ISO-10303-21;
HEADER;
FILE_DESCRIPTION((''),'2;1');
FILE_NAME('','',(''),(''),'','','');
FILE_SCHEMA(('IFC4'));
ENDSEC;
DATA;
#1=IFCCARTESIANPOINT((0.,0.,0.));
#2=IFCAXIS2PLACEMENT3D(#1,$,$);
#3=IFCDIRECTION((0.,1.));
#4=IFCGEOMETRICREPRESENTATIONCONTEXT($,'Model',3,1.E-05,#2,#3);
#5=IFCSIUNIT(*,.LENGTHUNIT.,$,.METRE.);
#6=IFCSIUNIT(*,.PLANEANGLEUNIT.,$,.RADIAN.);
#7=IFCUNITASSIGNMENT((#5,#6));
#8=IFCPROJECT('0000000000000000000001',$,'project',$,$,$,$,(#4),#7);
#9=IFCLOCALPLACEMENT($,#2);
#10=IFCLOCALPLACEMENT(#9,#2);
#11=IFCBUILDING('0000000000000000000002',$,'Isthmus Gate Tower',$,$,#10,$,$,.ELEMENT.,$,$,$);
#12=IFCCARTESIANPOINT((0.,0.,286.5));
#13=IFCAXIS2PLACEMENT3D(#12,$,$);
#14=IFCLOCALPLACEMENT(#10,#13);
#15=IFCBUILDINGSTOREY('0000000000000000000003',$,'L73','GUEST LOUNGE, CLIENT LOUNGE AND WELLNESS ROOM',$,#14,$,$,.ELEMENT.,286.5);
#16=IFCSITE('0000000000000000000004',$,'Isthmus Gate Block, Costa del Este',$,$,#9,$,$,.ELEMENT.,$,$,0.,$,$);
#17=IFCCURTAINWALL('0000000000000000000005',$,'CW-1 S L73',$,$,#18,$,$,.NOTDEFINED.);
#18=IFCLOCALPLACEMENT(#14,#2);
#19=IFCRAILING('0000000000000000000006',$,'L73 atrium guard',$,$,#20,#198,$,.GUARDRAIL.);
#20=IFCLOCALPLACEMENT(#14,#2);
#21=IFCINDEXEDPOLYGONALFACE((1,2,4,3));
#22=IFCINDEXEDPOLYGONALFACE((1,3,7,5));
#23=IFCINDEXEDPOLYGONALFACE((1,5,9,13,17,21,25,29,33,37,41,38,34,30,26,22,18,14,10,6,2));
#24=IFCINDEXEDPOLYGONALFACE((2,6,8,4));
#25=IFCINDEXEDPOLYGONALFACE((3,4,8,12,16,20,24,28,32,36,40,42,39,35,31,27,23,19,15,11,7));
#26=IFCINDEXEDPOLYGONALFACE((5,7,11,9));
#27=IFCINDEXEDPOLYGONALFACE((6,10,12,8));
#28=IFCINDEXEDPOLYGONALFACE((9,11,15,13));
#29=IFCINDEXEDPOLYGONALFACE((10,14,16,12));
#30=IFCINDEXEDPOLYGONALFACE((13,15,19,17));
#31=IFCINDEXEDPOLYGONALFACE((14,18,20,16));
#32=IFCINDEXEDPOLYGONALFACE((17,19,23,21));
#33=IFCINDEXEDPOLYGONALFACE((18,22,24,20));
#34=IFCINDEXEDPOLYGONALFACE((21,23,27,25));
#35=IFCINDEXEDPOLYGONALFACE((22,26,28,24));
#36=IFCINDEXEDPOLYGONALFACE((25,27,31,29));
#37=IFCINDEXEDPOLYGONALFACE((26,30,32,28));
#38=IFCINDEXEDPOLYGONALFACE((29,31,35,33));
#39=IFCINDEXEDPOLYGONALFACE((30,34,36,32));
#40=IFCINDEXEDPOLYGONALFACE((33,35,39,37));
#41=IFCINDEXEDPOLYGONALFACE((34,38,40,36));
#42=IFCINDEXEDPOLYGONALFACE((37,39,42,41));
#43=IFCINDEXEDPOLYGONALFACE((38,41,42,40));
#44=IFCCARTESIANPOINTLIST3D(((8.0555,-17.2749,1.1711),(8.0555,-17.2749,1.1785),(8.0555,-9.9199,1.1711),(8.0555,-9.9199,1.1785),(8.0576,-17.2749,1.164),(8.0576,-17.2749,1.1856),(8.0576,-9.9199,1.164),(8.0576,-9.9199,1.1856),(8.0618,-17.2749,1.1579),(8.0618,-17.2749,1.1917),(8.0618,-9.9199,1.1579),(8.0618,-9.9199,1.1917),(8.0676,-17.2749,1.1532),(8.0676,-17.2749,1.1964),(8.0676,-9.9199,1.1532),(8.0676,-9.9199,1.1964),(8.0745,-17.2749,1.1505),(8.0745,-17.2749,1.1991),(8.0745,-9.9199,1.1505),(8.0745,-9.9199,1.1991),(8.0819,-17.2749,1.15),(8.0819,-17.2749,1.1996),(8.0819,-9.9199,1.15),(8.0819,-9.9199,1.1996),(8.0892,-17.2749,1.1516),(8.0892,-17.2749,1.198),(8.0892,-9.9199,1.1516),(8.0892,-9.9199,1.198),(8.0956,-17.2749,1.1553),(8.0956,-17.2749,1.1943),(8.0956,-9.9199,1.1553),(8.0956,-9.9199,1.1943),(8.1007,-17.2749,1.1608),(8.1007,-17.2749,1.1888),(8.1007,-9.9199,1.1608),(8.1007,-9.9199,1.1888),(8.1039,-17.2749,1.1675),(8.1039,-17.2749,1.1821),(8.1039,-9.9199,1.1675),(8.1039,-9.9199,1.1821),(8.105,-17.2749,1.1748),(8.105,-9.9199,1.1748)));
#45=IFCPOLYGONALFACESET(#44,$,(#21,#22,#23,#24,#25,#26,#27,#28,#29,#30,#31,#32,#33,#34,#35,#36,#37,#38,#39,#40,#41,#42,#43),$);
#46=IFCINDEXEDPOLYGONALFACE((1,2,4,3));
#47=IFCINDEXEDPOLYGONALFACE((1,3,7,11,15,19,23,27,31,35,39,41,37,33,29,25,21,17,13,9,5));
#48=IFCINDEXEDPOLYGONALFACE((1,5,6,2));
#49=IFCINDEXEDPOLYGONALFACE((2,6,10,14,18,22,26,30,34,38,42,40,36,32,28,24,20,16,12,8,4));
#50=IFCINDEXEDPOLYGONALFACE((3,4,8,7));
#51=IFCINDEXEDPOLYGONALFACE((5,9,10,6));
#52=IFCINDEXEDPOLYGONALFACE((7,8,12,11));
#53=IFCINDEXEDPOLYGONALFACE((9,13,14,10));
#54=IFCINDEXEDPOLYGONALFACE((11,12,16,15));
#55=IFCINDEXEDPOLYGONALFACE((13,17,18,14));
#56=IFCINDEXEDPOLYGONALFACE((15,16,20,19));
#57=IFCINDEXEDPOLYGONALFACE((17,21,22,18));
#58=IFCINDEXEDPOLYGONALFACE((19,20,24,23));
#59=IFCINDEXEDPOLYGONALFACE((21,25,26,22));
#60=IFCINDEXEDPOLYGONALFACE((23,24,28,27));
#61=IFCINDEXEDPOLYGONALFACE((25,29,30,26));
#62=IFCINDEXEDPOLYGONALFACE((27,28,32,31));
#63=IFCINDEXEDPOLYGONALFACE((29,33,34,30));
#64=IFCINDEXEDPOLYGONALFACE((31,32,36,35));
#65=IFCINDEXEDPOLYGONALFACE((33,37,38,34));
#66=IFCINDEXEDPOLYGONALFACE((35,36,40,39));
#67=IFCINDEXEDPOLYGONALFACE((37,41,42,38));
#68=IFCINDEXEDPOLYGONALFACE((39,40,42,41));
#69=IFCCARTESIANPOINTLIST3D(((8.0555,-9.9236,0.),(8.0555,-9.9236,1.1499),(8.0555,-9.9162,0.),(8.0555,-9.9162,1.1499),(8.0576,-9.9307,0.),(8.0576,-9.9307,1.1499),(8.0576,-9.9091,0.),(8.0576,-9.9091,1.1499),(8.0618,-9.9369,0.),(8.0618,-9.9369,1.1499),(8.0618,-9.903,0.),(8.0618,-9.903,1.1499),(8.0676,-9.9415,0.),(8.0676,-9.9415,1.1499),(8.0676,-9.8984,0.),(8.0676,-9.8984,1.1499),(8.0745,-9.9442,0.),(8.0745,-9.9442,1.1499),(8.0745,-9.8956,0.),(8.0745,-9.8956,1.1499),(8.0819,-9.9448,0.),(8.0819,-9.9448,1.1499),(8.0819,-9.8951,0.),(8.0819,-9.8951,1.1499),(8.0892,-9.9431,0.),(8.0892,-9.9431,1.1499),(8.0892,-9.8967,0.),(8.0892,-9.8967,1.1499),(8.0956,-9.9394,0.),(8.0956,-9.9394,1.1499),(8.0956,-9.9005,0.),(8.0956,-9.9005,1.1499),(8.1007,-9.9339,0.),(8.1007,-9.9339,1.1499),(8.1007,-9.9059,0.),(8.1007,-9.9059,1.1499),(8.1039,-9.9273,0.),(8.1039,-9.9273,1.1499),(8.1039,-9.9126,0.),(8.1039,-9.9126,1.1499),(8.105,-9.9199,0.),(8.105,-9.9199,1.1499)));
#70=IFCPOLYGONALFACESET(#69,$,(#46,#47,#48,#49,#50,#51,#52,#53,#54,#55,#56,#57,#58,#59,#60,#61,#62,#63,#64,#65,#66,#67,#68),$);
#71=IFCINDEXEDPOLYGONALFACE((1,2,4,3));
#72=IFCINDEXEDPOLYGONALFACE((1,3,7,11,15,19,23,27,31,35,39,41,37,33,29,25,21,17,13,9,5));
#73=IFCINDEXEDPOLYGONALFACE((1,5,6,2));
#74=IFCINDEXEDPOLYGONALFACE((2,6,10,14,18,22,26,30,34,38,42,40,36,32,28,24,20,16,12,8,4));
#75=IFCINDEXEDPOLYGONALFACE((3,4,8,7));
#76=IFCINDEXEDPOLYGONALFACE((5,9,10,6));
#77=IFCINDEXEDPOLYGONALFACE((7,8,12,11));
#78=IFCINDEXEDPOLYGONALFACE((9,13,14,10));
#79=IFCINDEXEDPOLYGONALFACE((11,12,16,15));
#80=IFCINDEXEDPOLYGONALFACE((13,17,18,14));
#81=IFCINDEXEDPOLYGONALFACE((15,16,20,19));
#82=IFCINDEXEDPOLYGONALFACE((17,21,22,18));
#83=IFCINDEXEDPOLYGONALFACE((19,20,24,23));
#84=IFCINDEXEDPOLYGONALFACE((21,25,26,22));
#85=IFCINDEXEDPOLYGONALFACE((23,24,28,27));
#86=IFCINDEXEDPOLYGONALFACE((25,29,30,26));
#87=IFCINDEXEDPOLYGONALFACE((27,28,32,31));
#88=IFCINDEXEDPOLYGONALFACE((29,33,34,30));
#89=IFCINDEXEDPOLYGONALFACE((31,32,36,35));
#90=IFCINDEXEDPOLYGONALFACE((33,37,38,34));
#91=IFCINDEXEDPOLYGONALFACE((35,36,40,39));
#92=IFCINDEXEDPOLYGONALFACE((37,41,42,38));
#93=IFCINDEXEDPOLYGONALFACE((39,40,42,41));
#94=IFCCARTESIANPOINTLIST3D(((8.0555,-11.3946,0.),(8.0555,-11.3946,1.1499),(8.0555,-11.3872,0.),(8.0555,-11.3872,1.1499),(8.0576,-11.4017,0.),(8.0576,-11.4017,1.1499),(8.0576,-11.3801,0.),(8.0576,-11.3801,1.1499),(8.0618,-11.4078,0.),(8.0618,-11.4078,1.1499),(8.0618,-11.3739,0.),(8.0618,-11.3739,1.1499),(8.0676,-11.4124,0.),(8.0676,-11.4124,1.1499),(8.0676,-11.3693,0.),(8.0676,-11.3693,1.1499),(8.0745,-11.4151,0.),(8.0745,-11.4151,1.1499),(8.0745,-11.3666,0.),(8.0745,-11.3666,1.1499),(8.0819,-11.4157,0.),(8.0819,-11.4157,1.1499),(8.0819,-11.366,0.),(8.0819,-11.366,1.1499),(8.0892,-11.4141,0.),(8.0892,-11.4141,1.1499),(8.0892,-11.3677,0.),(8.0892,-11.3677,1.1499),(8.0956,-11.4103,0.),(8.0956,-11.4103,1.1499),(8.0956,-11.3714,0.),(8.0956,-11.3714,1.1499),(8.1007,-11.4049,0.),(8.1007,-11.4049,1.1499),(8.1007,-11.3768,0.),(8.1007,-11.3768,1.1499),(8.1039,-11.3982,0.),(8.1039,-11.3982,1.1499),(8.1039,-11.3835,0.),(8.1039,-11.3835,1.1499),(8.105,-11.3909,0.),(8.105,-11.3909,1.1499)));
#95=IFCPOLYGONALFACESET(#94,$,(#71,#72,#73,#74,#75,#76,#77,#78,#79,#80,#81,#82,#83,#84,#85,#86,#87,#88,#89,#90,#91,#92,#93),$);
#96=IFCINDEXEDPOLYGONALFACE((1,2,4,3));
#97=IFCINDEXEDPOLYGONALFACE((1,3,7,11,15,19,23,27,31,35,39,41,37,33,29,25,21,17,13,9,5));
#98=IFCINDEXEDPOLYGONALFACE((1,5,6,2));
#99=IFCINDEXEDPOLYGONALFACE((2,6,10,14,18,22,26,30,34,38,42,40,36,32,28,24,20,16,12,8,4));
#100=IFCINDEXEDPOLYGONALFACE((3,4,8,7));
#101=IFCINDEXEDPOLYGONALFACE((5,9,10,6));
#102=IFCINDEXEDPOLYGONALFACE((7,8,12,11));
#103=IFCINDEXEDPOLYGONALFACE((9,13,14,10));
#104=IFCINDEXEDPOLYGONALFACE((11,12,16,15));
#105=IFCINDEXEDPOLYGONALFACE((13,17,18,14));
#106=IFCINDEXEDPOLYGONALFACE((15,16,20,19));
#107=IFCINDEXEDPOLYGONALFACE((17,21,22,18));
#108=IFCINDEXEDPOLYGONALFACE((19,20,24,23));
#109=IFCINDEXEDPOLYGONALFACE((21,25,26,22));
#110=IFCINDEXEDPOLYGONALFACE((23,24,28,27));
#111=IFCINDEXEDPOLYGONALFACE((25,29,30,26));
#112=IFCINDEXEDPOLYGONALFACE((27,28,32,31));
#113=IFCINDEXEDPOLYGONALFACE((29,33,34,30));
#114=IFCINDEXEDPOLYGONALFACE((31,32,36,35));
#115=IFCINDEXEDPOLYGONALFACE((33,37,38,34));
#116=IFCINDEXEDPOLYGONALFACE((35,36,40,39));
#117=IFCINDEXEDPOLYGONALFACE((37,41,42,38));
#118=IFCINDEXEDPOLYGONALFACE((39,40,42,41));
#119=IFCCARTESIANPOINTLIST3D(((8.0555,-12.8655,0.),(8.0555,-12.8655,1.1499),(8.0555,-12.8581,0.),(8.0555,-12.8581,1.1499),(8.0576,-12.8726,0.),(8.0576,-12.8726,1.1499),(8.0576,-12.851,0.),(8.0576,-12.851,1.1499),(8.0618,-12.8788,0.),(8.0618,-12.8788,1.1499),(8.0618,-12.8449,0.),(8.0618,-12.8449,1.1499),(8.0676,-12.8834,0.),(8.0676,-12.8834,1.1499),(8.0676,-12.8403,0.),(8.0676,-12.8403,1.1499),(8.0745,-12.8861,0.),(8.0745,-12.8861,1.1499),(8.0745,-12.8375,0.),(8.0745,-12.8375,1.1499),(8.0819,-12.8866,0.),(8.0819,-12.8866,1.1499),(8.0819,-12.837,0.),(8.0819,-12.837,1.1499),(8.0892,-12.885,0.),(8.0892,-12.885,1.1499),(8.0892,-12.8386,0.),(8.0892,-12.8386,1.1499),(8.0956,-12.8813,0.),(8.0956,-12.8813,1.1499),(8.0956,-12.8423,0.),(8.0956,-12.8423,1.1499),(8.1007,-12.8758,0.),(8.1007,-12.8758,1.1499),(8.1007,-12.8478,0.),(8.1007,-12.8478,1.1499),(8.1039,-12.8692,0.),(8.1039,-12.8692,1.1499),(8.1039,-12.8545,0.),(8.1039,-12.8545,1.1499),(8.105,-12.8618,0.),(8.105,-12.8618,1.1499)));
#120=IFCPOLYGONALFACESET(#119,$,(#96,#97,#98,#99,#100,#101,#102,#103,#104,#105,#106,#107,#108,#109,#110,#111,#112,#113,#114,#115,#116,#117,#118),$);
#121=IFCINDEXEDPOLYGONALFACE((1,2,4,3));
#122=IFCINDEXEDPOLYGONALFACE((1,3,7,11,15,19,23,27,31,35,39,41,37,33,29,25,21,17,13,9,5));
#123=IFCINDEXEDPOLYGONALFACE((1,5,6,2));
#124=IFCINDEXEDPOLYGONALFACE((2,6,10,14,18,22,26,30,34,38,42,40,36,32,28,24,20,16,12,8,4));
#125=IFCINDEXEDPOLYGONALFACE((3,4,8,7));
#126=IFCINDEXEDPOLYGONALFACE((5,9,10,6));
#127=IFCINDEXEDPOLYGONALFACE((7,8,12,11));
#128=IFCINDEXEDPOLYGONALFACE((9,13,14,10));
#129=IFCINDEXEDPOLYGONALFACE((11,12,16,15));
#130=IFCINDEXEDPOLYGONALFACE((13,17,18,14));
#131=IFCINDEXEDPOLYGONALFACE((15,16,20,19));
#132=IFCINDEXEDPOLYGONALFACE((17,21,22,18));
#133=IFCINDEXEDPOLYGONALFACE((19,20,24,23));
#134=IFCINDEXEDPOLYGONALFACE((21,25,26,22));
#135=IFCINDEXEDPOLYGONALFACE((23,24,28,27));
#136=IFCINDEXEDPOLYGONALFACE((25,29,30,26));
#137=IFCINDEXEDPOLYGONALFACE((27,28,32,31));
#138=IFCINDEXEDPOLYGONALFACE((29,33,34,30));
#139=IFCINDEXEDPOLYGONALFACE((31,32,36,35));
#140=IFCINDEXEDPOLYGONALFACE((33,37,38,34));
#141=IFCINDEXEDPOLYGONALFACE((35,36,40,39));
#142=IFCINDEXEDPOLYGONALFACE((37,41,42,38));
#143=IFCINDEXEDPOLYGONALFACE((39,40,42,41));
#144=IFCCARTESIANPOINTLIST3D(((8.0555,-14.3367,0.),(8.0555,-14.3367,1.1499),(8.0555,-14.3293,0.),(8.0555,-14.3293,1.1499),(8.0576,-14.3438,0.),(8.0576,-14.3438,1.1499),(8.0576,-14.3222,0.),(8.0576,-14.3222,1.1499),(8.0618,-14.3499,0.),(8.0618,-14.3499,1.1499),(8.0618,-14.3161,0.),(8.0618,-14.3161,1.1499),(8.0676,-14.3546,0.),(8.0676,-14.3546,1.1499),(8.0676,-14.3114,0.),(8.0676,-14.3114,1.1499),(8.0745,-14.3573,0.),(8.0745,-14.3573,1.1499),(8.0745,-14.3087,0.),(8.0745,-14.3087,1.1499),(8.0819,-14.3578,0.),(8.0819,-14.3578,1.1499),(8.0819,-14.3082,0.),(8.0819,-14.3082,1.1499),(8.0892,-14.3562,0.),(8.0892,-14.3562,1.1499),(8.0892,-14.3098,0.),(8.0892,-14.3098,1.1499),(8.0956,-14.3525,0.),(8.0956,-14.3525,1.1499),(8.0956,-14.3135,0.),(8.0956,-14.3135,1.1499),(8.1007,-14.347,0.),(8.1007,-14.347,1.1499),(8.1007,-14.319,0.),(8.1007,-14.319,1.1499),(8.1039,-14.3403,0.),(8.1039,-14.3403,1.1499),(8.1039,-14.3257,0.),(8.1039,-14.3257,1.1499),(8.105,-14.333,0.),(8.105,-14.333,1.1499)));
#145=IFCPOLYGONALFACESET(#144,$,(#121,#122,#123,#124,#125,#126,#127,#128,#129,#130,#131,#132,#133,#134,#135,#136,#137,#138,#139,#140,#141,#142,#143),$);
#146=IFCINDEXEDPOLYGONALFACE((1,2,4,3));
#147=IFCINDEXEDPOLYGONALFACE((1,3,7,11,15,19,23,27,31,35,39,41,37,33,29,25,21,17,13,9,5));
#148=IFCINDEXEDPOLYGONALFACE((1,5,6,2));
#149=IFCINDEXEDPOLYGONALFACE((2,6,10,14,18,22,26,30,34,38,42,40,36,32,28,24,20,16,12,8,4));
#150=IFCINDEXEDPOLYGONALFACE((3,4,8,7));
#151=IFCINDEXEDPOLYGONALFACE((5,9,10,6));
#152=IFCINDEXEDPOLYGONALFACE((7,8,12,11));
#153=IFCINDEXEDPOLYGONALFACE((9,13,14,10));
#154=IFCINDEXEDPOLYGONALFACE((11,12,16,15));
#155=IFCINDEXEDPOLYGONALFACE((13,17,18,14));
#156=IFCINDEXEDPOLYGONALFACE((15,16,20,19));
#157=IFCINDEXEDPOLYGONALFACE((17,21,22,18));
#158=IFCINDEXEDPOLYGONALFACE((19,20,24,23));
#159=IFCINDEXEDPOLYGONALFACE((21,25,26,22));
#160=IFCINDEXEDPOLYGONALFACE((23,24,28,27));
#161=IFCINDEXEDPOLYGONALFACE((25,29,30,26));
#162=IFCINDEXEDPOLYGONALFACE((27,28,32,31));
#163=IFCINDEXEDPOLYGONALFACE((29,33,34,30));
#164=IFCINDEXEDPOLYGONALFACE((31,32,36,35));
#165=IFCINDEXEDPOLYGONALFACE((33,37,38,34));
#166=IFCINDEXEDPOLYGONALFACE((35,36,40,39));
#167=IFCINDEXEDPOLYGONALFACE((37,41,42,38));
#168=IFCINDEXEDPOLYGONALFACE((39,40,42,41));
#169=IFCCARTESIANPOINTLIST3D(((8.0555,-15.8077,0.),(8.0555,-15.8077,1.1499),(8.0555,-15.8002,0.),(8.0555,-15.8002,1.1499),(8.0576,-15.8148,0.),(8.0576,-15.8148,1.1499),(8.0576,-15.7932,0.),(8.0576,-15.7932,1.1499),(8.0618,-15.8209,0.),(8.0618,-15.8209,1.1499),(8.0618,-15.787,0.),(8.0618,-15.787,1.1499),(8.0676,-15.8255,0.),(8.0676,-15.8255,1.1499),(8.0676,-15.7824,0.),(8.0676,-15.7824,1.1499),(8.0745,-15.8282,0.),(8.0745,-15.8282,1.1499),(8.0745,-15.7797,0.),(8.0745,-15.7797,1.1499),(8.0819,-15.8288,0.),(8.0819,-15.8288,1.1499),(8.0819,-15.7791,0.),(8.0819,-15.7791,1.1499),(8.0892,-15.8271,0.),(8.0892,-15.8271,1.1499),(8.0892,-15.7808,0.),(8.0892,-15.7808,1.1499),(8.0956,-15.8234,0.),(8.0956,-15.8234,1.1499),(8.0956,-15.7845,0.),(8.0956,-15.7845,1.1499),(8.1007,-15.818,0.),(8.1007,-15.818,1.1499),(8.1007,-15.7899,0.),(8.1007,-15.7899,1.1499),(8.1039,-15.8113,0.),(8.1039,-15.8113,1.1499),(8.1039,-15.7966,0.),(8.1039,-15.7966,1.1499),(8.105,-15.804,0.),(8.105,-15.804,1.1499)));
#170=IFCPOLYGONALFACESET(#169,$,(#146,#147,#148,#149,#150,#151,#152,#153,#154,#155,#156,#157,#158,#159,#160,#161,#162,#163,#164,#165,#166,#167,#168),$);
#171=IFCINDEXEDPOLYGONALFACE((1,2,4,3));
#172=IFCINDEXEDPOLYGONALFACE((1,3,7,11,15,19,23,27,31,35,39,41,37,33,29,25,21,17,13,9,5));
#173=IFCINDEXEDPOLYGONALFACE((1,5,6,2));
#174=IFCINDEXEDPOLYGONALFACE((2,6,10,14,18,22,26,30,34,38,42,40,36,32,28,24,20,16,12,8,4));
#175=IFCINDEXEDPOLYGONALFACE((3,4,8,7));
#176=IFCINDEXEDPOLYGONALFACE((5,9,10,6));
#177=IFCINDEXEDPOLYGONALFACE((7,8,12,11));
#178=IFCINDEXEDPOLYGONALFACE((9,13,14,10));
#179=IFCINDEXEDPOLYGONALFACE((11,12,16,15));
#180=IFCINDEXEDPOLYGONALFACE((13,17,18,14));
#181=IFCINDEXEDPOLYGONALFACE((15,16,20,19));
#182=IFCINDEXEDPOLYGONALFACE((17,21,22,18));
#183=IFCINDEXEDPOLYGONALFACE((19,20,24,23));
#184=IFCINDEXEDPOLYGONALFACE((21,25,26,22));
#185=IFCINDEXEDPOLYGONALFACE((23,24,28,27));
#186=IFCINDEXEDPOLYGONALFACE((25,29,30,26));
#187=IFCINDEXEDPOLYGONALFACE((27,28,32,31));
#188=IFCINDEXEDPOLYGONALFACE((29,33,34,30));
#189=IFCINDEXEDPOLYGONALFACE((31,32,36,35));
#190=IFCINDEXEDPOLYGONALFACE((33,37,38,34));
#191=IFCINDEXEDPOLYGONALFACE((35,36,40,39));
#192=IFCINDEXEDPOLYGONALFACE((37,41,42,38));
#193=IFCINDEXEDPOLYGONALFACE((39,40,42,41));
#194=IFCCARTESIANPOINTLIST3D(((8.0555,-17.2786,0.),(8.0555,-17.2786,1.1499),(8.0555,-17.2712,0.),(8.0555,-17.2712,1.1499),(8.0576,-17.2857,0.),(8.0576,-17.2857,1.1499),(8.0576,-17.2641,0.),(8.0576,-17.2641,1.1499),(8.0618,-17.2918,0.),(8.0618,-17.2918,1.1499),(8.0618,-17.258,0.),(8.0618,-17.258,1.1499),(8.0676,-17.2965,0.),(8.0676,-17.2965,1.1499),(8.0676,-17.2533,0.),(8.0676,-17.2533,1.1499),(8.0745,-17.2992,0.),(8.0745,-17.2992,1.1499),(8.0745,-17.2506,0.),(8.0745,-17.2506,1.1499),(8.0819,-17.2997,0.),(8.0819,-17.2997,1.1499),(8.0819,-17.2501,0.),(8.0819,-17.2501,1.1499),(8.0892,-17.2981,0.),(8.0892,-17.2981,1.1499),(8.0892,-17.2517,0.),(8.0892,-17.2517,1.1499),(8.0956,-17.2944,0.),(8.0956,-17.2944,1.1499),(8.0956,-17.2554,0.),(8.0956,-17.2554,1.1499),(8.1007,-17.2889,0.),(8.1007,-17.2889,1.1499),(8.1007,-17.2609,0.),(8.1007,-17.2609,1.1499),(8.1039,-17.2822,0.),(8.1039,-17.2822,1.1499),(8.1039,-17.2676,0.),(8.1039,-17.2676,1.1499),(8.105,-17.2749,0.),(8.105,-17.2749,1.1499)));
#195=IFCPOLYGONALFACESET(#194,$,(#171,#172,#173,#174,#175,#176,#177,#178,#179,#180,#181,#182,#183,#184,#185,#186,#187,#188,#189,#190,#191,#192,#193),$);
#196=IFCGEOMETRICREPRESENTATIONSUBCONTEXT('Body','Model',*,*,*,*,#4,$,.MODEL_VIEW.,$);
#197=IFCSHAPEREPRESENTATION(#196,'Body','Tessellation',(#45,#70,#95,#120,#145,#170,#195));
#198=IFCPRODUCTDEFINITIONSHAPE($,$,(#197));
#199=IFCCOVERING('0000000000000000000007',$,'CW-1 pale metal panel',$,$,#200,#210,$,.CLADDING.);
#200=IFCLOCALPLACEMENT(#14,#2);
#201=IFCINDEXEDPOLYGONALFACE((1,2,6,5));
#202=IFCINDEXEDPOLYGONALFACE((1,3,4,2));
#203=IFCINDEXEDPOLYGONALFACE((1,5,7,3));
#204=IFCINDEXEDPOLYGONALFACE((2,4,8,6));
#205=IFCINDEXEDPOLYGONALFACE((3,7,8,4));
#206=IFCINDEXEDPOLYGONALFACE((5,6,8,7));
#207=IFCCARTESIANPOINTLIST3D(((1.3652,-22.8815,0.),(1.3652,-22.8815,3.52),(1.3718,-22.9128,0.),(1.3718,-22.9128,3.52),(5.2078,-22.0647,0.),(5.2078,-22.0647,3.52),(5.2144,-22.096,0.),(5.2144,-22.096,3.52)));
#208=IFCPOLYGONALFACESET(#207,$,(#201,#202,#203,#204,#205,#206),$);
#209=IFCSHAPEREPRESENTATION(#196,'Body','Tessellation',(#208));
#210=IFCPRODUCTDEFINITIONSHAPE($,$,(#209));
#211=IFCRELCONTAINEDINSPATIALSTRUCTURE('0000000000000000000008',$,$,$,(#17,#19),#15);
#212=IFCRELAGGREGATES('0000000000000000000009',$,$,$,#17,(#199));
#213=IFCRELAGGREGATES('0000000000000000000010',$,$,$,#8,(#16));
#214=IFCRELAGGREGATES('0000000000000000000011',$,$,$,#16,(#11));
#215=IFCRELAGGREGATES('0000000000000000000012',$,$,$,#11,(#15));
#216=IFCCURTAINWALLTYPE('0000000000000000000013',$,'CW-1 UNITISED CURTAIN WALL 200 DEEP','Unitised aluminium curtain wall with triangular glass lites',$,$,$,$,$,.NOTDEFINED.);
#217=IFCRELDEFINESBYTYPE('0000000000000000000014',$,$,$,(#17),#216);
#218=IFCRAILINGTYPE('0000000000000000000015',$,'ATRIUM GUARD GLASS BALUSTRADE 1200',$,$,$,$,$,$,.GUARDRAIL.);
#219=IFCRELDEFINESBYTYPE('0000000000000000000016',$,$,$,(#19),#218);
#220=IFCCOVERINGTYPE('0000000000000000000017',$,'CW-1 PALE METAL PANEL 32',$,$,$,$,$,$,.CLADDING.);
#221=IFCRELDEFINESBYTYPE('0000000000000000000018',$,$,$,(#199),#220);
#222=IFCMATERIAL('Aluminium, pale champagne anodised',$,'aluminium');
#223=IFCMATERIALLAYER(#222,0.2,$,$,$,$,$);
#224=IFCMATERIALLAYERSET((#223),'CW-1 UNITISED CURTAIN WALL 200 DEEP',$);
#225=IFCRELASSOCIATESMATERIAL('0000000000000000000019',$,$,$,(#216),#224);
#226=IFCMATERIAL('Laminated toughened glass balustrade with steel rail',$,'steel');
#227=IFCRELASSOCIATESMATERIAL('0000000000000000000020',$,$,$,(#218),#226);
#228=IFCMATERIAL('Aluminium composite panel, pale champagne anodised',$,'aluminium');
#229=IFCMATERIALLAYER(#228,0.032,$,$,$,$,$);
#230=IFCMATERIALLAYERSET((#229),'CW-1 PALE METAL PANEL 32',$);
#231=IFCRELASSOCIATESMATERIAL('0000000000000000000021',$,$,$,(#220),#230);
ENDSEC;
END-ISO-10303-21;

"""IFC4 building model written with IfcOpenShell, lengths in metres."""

from ifc_helpers import new_model, si_unit, direction, frame, origin, origin_2d, place, context, subcontext, project, spatial, rectangle, circle, extrude, material, layer, layer_set, type_object, element, aggregate, save


model = new_model("IFC4")

# Units and contexts
model_context = context("Model", 3, precision=1e-05, world=origin(), true_north=direction((0.0, 1.0)))
body_context = subcontext(model_context, "Body", "Model", "MODEL_VIEW")
ifc_project = project(units=[si_unit("LENGTHUNIT", "METRE"), si_unit("PLANEANGLEUNIT", "RADIAN")], contexts=[model_context])

# Site, building, storey
site_placement = place(None, origin())
site = spatial("IfcSite", under=ifc_project, at=site_placement, Name="Isthmus Gate Block, Costa del Este", CompositionType="ELEMENT", RefElevation=0.0)
building_placement = place(site_placement, origin())
building = spatial("IfcBuilding", under=site, at=building_placement, Name="Isthmus Gate Tower", CompositionType="ELEMENT")
storey_placement = place(building_placement, frame((0.0, 0.0, 286.5)))
storey = spatial("IfcBuildingStorey", under=building, at=storey_placement, Name="L73", Description="GUEST LOUNGE, CLIENT LOUNGE AND WELLNESS ROOM", CompositionType="ELEMENT", Elevation=286.5)

# Curtain wall
ifc_material_1 = material(Name="Aluminium, pale champagne anodised", Category="aluminium")
ifc_layer_1 = layer(ifc_material_1, 0.2)
ifc_layer_set_1 = layer_set([ifc_layer_1], Name="CW-1 UNITISED CURTAIN WALL 200 DEEP")
curtain_wall_type = type_object("IfcCurtainWallType", Name="CW-1 UNITISED CURTAIN WALL 200 DEEP", Description="Unitised aluminium curtain wall with triangular glass lites", PredefinedType="NOTDEFINED", material=ifc_layer_set_1)
curtain_wall_placement = place(storey_placement, origin())
curtain_wall = element("IfcCurtainWall", 1, at=curtain_wall_placement, inside=storey, type_object=curtain_wall_type, Name="CW-1 S L73", PredefinedType="NOTDEFINED")

# Railing
ifc_material_2 = material(Name="Laminated toughened glass balustrade with steel rail", Category="steel")
railing_type = type_object("IfcRailingType", Name="ATRIUM GUARD GLASS BALUSTRADE 1200", PredefinedType="GUARDRAIL", material=ifc_material_2)
railing_1_placement = place(storey_placement, frame((8.0801, -9.9199, 0.0)))
element("IfcRailing", 2, at=railing_1_placement, inside=storey, type_object=railing_type, Name="L73 atrium guard", PredefinedType="GUARDRAIL", context=body_context, shape_type="SweptSolid", body=[
    extrude(circle(Radius=0.0249, at=origin_2d()), frame((0.0, 0.0, 1.1748), z_axis=(0.0, -1.0, 0.0), x_axis=(1.0, 0.0, 0.0)), (0.0, 0.0, 1.0), 7.355),
    extrude(circle(Radius=0.0249, at=origin_2d()), origin(), (0.0, 0.0, 1.0), 1.1499),
    extrude(circle(Radius=0.0249, at=origin_2d()), frame((0.0, -1.4709, 0.0)), (0.0, 0.0, 1.0), 1.1499),
    extrude(circle(Radius=0.0249, at=origin_2d()), frame((0.0, -2.9419, 0.0)), (0.0, 0.0, 1.0), 1.1499),
    extrude(circle(Radius=0.0249, at=origin_2d()), frame((0.0, -4.4131, 0.0)), (0.0, 0.0, 1.0), 1.1499),
    extrude(circle(Radius=0.0249, at=origin_2d()), frame((0.0, -5.884, 0.0)), (0.0, 0.0, 1.0), 1.1499),
    extrude(circle(Radius=0.0249, at=origin_2d()), frame((0.0, -7.355, 0.0)), (0.0, 0.0, 1.0), 1.1499),
])

# Covering
ifc_material_3 = material(Name="Aluminium composite panel, pale champagne anodised", Category="aluminium")
ifc_layer_2 = layer(ifc_material_3, 0.032)
ifc_layer_set_2 = layer_set([ifc_layer_2], Name="CW-1 PALE METAL PANEL 32")
covering_type = type_object("IfcCoveringType", Name="CW-1 PALE METAL PANEL 32", PredefinedType="CLADDING", material=ifc_layer_set_2)
covering_1_placement = place(storey_placement, frame((3.2898, -22.4888, 0.0), z_axis=(0.0, 0.0, 1.0), x_axis=(0.978148, 0.207912, 0.0)))
covering_1 = element("IfcCovering", 3, at=covering_1_placement, type_object=covering_type, Name="CW-1 pale metal panel", PredefinedType="CLADDING", context=body_context, shape_type="SweptSolid", body=[
    extrude(rectangle(XDim=3.9285, YDim=0.032, at=origin_2d()), origin(), (0.0, 0.0, 1.0), 3.52),
])
aggregate(curtain_wall, [covering_1])

save(model, "model.ifc")
